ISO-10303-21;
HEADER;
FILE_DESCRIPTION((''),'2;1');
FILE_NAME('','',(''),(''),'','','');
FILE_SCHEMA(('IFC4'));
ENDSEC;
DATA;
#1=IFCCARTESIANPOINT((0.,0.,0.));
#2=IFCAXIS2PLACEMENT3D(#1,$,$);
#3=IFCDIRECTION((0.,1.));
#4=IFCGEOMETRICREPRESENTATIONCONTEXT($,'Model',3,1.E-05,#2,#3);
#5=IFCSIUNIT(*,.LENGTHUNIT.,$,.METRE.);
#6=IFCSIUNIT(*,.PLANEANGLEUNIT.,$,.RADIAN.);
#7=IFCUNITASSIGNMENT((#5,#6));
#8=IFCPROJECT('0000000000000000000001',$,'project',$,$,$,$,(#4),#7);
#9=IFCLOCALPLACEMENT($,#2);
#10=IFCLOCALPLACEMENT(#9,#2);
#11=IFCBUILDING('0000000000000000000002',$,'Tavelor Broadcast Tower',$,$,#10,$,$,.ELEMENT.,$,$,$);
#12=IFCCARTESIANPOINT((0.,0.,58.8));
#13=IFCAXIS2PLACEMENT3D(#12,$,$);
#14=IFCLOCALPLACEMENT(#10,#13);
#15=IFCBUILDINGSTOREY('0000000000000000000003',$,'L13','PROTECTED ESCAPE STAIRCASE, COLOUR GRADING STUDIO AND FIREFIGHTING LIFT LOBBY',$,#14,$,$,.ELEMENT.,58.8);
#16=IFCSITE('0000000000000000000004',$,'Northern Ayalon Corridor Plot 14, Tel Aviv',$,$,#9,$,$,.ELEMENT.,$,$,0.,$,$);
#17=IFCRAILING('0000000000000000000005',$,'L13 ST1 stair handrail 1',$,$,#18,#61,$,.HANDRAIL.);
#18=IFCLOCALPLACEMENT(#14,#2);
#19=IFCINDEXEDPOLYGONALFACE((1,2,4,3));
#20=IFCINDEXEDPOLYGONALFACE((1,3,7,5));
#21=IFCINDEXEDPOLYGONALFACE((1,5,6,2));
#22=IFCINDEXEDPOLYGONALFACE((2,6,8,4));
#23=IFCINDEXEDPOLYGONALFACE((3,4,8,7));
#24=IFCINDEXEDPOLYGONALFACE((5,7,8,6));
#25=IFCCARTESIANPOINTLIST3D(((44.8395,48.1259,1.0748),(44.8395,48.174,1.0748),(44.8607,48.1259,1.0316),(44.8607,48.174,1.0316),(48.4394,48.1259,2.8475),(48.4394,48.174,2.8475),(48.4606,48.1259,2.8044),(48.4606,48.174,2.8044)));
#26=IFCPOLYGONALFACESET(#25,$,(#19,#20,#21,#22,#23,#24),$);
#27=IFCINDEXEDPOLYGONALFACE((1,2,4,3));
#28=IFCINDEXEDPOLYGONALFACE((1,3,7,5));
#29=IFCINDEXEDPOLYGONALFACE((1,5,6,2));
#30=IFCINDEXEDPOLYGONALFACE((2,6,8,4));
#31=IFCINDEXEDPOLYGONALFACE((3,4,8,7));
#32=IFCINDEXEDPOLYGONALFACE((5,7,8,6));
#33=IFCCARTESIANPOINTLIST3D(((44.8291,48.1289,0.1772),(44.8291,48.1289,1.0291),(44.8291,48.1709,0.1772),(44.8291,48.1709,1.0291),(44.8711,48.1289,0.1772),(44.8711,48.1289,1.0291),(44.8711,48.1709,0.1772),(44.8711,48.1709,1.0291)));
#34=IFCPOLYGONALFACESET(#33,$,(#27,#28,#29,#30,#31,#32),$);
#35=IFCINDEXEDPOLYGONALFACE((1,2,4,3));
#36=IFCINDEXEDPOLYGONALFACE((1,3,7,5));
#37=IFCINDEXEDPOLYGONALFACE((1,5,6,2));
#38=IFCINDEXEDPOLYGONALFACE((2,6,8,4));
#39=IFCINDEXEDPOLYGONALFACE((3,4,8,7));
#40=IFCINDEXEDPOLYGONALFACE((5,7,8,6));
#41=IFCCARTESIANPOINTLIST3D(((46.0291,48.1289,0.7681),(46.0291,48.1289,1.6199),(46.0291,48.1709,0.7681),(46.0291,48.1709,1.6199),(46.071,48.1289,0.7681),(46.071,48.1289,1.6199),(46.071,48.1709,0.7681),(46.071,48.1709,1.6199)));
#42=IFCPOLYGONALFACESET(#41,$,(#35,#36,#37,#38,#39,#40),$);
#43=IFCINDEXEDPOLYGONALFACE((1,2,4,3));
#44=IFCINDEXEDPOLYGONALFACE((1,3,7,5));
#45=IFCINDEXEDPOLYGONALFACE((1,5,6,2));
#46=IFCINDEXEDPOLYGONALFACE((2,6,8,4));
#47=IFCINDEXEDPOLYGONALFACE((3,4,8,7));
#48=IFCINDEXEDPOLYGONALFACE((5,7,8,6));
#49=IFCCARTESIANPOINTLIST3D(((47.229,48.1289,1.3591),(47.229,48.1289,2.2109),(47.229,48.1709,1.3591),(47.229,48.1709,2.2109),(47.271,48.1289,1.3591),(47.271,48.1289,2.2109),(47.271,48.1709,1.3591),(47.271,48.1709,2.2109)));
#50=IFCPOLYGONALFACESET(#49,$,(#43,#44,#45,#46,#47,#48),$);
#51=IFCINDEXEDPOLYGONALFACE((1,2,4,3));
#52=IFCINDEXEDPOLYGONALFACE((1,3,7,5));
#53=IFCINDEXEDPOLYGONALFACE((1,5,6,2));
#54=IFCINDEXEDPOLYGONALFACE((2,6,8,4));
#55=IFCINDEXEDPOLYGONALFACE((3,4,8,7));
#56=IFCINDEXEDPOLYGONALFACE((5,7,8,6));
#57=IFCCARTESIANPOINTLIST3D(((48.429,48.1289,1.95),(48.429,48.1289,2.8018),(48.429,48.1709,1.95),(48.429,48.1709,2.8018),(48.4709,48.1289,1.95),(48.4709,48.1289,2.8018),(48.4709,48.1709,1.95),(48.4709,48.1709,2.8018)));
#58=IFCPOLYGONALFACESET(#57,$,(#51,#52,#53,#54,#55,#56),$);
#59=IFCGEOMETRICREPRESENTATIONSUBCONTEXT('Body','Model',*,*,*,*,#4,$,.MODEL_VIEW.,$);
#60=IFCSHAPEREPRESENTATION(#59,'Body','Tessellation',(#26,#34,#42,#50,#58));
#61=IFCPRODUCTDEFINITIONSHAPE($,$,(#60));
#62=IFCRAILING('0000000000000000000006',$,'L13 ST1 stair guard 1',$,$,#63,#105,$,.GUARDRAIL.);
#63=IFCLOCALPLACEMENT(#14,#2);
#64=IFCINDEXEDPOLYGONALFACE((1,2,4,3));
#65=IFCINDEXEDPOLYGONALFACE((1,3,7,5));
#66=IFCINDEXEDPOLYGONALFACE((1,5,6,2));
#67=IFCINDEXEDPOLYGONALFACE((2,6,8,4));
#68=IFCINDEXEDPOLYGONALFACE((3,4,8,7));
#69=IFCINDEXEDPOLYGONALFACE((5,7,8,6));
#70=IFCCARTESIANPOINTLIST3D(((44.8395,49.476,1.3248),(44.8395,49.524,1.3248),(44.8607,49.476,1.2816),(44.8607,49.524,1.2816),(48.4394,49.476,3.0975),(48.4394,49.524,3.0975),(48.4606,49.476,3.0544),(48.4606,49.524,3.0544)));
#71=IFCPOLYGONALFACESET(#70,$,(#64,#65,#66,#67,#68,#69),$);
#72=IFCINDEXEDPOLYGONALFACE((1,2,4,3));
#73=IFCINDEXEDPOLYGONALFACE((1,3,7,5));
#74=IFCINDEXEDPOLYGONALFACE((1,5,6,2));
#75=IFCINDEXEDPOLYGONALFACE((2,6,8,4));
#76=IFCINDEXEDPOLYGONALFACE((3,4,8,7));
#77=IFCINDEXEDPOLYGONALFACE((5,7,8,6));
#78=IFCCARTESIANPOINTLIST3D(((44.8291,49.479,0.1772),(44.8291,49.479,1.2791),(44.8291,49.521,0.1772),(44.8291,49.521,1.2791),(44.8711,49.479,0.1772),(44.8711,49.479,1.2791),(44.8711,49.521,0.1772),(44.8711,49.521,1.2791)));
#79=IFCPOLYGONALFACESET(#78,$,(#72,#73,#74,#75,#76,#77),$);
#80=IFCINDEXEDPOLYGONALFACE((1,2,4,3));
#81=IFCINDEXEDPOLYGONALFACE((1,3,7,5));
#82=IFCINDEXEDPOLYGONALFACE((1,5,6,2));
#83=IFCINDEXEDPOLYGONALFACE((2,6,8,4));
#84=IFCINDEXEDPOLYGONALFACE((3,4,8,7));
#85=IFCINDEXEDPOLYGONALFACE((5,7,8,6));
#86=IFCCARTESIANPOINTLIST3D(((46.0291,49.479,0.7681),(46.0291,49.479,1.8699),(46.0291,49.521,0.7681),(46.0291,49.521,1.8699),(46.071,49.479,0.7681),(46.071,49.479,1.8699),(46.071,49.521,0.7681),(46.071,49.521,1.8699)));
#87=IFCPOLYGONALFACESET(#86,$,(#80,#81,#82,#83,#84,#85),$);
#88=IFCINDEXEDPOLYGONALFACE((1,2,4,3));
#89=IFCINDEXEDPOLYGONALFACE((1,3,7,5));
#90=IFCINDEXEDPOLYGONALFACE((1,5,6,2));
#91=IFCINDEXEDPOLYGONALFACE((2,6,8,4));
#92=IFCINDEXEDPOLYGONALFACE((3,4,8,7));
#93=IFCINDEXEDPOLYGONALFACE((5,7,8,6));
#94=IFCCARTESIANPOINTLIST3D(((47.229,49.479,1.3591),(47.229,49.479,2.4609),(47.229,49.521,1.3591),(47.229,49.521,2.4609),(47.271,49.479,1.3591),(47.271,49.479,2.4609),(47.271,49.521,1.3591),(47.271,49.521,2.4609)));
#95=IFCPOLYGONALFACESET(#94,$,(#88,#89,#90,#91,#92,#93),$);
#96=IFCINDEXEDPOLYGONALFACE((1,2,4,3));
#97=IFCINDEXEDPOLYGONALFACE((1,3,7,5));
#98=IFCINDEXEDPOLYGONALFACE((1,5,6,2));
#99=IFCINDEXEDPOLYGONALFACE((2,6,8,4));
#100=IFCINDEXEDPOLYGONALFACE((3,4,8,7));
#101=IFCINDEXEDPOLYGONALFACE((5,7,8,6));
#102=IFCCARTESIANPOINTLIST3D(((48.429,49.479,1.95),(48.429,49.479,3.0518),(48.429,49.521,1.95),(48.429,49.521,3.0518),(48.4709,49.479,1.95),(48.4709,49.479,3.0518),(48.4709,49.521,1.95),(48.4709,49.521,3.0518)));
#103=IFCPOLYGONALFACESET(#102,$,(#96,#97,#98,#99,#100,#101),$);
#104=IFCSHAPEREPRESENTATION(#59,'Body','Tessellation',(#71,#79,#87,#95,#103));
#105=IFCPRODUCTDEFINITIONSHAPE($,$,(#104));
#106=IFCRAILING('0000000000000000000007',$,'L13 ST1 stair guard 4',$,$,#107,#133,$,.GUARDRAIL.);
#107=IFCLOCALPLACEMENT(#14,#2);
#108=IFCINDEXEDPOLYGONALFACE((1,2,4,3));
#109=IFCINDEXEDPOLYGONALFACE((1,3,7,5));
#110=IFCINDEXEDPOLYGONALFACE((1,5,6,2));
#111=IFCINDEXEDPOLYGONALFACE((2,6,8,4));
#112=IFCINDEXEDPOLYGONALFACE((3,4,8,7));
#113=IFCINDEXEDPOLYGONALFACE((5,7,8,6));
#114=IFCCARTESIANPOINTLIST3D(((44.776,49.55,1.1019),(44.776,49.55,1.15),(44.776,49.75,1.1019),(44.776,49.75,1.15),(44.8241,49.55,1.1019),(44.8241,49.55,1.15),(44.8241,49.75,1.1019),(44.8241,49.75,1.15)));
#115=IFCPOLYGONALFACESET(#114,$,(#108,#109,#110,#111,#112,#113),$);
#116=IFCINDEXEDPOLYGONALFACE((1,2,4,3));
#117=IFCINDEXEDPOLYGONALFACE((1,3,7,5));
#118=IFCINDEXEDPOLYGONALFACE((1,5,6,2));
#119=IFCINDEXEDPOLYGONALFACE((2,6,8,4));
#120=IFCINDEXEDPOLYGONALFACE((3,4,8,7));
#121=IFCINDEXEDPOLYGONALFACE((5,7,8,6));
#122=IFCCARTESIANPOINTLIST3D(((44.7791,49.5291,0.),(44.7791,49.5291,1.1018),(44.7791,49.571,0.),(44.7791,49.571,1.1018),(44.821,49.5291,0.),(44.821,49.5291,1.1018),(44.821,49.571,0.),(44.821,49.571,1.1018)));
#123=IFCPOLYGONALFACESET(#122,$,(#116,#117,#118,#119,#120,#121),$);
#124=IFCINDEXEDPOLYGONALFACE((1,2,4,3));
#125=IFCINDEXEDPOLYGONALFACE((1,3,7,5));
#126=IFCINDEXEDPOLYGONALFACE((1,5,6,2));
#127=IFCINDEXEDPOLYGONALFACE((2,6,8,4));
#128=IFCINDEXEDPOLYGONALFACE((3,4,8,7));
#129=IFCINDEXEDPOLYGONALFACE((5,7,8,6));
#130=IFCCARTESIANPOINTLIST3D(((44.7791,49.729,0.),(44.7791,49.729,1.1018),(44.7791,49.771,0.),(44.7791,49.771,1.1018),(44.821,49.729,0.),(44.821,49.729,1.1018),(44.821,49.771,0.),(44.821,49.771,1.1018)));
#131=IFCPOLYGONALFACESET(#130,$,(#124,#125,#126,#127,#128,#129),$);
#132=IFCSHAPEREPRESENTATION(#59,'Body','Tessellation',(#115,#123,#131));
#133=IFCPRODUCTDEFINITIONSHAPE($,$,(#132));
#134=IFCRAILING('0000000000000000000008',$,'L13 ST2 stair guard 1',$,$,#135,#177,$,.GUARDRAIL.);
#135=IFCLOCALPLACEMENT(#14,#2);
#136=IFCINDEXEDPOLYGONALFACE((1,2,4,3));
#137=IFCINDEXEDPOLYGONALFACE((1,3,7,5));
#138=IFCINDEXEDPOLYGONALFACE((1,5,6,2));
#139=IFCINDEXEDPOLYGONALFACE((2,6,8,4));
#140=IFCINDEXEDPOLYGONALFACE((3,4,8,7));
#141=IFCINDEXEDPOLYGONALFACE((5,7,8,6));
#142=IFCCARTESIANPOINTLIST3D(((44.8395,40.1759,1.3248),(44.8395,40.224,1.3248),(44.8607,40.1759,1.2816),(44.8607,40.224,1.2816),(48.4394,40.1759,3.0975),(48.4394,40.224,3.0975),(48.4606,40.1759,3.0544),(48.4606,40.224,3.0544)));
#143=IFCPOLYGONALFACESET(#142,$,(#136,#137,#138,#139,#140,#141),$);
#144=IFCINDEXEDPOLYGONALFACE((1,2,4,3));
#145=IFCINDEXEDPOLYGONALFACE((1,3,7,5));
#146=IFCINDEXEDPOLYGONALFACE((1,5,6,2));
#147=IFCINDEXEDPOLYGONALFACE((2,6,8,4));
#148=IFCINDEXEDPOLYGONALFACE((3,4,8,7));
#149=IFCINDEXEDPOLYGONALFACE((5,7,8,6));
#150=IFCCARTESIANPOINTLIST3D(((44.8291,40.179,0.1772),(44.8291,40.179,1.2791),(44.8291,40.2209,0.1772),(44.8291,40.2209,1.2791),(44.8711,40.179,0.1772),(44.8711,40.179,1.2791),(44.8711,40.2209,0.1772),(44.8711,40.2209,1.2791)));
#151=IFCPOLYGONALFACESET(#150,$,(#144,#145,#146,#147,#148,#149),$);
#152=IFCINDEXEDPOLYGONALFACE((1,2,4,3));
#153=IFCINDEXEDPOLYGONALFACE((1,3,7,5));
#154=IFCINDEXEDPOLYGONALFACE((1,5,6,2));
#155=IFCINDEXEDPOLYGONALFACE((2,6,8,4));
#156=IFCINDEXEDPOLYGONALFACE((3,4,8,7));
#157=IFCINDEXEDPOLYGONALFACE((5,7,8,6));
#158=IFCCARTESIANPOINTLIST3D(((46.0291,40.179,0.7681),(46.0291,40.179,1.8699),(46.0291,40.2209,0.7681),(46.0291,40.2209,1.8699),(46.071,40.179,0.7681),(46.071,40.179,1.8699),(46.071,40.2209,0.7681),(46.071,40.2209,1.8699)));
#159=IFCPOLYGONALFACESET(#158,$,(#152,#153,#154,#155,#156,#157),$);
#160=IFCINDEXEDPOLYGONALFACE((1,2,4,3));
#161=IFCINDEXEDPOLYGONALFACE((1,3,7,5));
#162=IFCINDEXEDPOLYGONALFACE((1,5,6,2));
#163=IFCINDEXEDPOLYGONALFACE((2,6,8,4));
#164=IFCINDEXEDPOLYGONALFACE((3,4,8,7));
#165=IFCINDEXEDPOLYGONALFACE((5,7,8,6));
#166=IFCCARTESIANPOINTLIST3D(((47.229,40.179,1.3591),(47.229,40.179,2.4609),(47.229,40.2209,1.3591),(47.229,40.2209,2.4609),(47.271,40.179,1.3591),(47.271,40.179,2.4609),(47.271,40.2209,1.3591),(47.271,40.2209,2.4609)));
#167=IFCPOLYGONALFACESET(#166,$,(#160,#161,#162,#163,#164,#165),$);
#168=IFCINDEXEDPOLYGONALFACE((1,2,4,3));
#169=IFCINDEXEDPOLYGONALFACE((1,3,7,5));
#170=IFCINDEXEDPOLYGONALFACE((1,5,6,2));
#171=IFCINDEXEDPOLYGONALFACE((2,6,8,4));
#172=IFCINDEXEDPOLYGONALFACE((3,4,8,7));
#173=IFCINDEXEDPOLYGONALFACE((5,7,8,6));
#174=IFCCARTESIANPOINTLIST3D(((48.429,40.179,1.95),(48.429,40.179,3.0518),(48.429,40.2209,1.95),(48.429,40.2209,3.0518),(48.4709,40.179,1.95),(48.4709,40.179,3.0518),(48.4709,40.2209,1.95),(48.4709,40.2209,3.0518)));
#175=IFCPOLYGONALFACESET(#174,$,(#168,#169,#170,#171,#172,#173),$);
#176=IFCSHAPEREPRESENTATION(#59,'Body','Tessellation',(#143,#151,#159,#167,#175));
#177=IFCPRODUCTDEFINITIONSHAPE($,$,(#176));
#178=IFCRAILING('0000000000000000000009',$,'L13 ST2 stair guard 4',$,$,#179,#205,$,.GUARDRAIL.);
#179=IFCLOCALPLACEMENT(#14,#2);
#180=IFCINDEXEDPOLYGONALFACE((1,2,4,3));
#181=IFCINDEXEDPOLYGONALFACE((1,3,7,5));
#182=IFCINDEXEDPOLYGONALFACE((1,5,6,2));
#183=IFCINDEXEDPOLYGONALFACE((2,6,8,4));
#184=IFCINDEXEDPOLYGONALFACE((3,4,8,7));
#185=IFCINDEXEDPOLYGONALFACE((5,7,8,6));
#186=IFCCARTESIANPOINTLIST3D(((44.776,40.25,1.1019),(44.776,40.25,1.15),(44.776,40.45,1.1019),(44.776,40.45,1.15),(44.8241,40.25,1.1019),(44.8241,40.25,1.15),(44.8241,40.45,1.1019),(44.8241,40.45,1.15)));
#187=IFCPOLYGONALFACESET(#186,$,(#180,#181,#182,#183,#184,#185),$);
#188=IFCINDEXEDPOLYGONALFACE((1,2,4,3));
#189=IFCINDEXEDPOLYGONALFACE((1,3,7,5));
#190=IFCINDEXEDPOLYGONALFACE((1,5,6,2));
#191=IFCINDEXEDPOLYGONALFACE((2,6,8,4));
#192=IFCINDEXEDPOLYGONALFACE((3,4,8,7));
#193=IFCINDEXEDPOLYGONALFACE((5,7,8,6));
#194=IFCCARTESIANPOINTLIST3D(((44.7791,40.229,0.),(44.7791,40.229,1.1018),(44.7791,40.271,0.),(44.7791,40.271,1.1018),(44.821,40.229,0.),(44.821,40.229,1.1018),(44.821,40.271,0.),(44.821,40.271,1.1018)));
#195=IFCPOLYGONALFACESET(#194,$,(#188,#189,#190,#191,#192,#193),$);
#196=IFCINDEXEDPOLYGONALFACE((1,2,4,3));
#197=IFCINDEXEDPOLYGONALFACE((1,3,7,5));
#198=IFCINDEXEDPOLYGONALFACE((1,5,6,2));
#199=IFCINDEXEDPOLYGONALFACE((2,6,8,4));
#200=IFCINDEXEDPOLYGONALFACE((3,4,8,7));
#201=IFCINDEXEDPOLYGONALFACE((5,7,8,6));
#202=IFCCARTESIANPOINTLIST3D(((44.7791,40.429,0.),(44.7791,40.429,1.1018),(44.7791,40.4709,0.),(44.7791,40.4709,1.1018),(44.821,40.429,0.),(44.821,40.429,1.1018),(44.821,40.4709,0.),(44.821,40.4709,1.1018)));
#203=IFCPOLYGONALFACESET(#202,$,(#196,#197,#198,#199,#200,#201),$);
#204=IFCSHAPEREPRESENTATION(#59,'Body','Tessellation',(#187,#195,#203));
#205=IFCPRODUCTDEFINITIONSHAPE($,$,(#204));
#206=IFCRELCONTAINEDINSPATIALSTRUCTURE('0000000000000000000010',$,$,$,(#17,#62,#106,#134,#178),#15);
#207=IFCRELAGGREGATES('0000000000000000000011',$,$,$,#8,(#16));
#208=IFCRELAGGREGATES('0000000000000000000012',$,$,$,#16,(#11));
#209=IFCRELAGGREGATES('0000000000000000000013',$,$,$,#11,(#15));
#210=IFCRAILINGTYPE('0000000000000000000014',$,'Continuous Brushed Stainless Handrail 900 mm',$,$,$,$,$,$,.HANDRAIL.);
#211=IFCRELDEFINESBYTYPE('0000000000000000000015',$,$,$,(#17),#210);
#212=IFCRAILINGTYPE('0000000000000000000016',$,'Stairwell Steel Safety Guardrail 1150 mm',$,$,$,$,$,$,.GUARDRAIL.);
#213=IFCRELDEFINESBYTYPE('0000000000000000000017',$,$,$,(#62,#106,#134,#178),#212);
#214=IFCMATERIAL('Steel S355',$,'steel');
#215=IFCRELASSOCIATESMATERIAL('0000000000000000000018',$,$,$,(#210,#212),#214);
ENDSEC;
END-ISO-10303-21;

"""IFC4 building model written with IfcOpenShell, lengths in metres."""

from ifc_helpers import new_model, si_unit, direction, frame, origin, origin_2d, place, context, subcontext, project, spatial, rectangle, extrude, material, type_object, element, save


model = new_model("IFC4")

# Units and contexts
model_context = context("Model", 3, precision=1e-05, world=origin(), true_north=direction((0.0, 1.0)))
body_context = subcontext(model_context, "Body", "Model", "MODEL_VIEW")
ifc_project = project(units=[si_unit("LENGTHUNIT", "METRE"), si_unit("PLANEANGLEUNIT", "RADIAN")], contexts=[model_context])

# Site, building, storey
site_placement = place(None, origin())
site = spatial("IfcSite", under=ifc_project, at=site_placement, Name="Northern Ayalon Corridor Plot 14, Tel Aviv", CompositionType="ELEMENT", RefElevation=0.0)
building_placement = place(site_placement, origin())
building = spatial("IfcBuilding", under=site, at=building_placement, Name="Tavelor Broadcast Tower", CompositionType="ELEMENT")
storey_placement = place(building_placement, frame((0.0, 0.0, 58.8)))
storey = spatial("IfcBuildingStorey", under=building, at=storey_placement, Name="L13", Description="PROTECTED ESCAPE STAIRCASE, COLOUR GRADING STUDIO AND FIREFIGHTING LIFT LOBBY", CompositionType="ELEMENT", Elevation=58.8)

# Shared definitions
ifc_material_1 = material(Name="Steel S355", Category="steel")

# Railings
railing_type_1 = type_object("IfcRailingType", Name="Continuous Brushed Stainless Handrail 900 mm", PredefinedType="HANDRAIL", material=ifc_material_1)
railing_1_placement = place(storey_placement, frame((44.8501, 48.1499, 0.1772)))
element("IfcRailing", 1, at=railing_1_placement, inside=storey, type_object=railing_type_1, Name="L13 ST1 stair handrail 1", PredefinedType="HANDRAIL", context=body_context, shape_type="SweptSolid", body=[
    extrude(rectangle(XDim=0.0481, YDim=0.0481, at=origin_2d()), frame((0.0, 0.0, 0.876), z_axis=(0.897124, 0.0, 0.441778), x_axis=(0.0, 1.0, 0.0)), (0.0, 0.0, 1.0), 4.0127),
    extrude(rectangle(XDim=0.042, YDim=0.042, at=origin_2d()), origin(), (0.0, 0.0, 1.0), 0.8518),
    extrude(rectangle(XDim=0.042, YDim=0.042, at=origin_2d()), frame((1.2, 0.0, 0.5908)), (0.0, 0.0, 1.0), 0.8518),
    extrude(rectangle(XDim=0.042, YDim=0.042, at=origin_2d()), frame((2.3999, 0.0, 1.1819)), (0.0, 0.0, 1.0), 0.8518),
    extrude(rectangle(XDim=0.042, YDim=0.042, at=origin_2d()), frame((3.5999, 0.0, 1.7727)), (0.0, 0.0, 1.0), 0.8518),
])
railing_type_2 = type_object("IfcRailingType", Name="Stairwell Steel Safety Guardrail 1150 mm", PredefinedType="GUARDRAIL", material=ifc_material_1)
railing_2_placement = place(storey_placement, frame((44.8501, 49.5, 0.1772)))
element("IfcRailing", 2, at=railing_2_placement, inside=storey, type_object=railing_type_2, Name="L13 ST1 stair guard 1", PredefinedType="GUARDRAIL", context=body_context, shape_type="SweptSolid", body=[
    extrude(rectangle(XDim=0.0481, YDim=0.0481, at=origin_2d()), frame((0.0, 0.0, 1.126), z_axis=(0.897124, 0.0, 0.441778), x_axis=(0.0, 1.0, 0.0)), (0.0, 0.0, 1.0), 4.0127),
    extrude(rectangle(XDim=0.042, YDim=0.042, at=origin_2d()), origin(), (0.0, 0.0, 1.0), 1.1018),
    extrude(rectangle(XDim=0.042, YDim=0.042, at=origin_2d()), frame((1.2, 0.0, 0.5908)), (0.0, 0.0, 1.0), 1.1018),
    extrude(rectangle(XDim=0.042, YDim=0.042, at=origin_2d()), frame((2.3999, 0.0, 1.1819)), (0.0, 0.0, 1.0), 1.1018),
    extrude(rectangle(XDim=0.042, YDim=0.042, at=origin_2d()), frame((3.5999, 0.0, 1.7727)), (0.0, 0.0, 1.0), 1.1018),
])
railing_3_placement = place(storey_placement, frame((44.8, 49.55, 0.0)))
element("IfcRailing", 3, at=railing_3_placement, inside=storey, type_object=railing_type_2, Name="L13 ST1 stair guard 4", PredefinedType="GUARDRAIL", context=body_context, shape_type="SweptSolid", body=[
    extrude(rectangle(XDim=0.0481, YDim=0.0481, at=origin_2d()), frame((0.0, 0.0, 1.126), z_axis=(0.0, 1.0, 0.0), x_axis=(-1.0, 0.0, 0.0)), (0.0, 0.0, 1.0), 0.2),
    extrude(rectangle(XDim=0.042, YDim=0.042, at=origin_2d()), origin(), (0.0, 0.0, 1.0), 1.1018),
    extrude(rectangle(XDim=0.042, YDim=0.042, at=origin_2d()), frame((0.0, 0.2, 0.0)), (0.0, 0.0, 1.0), 1.1018),
])
railing_4_placement = place(storey_placement, frame((44.8501, 40.2, 0.1772)))
element("IfcRailing", 4, at=railing_4_placement, inside=storey, type_object=railing_type_2, Name="L13 ST2 stair guard 1", PredefinedType="GUARDRAIL", context=body_context, shape_type="SweptSolid", body=[
    extrude(rectangle(XDim=0.0481, YDim=0.0481, at=origin_2d()), frame((0.0, 0.0, 1.126), z_axis=(0.897124, 0.0, 0.441778), x_axis=(0.0, 1.0, 0.0)), (0.0, 0.0, 1.0), 4.0127),
    extrude(rectangle(XDim=0.042, YDim=0.042, at=origin_2d()), origin(), (0.0, 0.0, 1.0), 1.1018),
    extrude(rectangle(XDim=0.042, YDim=0.042, at=origin_2d()), frame((1.2, 0.0, 0.5908)), (0.0, 0.0, 1.0), 1.1018),
    extrude(rectangle(XDim=0.042, YDim=0.042, at=origin_2d()), frame((2.3999, 0.0, 1.1819)), (0.0, 0.0, 1.0), 1.1018),
    extrude(rectangle(XDim=0.042, YDim=0.042, at=origin_2d()), frame((3.5999, 0.0, 1.7727)), (0.0, 0.0, 1.0), 1.1018),
])
railing_5_placement = place(storey_placement, frame((44.8, 40.25, 0.0)))
element("IfcRailing", 5, at=railing_5_placement, inside=storey, type_object=railing_type_2, Name="L13 ST2 stair guard 4", PredefinedType="GUARDRAIL", context=body_context, shape_type="SweptSolid", body=[
    extrude(rectangle(XDim=0.0481, YDim=0.0481, at=origin_2d()), frame((0.0, 0.0, 1.126), z_axis=(0.0, 1.0, 0.0), x_axis=(-1.0, 0.0, 0.0)), (0.0, 0.0, 1.0), 0.2),
    extrude(rectangle(XDim=0.042, YDim=0.042, at=origin_2d()), origin(), (0.0, 0.0, 1.0), 1.1018),
    extrude(rectangle(XDim=0.042, YDim=0.042, at=origin_2d()), frame((0.0, 0.2, 0.0)), (0.0, 0.0, 1.0), 1.1018),
])

save(model, "model.ifc")
